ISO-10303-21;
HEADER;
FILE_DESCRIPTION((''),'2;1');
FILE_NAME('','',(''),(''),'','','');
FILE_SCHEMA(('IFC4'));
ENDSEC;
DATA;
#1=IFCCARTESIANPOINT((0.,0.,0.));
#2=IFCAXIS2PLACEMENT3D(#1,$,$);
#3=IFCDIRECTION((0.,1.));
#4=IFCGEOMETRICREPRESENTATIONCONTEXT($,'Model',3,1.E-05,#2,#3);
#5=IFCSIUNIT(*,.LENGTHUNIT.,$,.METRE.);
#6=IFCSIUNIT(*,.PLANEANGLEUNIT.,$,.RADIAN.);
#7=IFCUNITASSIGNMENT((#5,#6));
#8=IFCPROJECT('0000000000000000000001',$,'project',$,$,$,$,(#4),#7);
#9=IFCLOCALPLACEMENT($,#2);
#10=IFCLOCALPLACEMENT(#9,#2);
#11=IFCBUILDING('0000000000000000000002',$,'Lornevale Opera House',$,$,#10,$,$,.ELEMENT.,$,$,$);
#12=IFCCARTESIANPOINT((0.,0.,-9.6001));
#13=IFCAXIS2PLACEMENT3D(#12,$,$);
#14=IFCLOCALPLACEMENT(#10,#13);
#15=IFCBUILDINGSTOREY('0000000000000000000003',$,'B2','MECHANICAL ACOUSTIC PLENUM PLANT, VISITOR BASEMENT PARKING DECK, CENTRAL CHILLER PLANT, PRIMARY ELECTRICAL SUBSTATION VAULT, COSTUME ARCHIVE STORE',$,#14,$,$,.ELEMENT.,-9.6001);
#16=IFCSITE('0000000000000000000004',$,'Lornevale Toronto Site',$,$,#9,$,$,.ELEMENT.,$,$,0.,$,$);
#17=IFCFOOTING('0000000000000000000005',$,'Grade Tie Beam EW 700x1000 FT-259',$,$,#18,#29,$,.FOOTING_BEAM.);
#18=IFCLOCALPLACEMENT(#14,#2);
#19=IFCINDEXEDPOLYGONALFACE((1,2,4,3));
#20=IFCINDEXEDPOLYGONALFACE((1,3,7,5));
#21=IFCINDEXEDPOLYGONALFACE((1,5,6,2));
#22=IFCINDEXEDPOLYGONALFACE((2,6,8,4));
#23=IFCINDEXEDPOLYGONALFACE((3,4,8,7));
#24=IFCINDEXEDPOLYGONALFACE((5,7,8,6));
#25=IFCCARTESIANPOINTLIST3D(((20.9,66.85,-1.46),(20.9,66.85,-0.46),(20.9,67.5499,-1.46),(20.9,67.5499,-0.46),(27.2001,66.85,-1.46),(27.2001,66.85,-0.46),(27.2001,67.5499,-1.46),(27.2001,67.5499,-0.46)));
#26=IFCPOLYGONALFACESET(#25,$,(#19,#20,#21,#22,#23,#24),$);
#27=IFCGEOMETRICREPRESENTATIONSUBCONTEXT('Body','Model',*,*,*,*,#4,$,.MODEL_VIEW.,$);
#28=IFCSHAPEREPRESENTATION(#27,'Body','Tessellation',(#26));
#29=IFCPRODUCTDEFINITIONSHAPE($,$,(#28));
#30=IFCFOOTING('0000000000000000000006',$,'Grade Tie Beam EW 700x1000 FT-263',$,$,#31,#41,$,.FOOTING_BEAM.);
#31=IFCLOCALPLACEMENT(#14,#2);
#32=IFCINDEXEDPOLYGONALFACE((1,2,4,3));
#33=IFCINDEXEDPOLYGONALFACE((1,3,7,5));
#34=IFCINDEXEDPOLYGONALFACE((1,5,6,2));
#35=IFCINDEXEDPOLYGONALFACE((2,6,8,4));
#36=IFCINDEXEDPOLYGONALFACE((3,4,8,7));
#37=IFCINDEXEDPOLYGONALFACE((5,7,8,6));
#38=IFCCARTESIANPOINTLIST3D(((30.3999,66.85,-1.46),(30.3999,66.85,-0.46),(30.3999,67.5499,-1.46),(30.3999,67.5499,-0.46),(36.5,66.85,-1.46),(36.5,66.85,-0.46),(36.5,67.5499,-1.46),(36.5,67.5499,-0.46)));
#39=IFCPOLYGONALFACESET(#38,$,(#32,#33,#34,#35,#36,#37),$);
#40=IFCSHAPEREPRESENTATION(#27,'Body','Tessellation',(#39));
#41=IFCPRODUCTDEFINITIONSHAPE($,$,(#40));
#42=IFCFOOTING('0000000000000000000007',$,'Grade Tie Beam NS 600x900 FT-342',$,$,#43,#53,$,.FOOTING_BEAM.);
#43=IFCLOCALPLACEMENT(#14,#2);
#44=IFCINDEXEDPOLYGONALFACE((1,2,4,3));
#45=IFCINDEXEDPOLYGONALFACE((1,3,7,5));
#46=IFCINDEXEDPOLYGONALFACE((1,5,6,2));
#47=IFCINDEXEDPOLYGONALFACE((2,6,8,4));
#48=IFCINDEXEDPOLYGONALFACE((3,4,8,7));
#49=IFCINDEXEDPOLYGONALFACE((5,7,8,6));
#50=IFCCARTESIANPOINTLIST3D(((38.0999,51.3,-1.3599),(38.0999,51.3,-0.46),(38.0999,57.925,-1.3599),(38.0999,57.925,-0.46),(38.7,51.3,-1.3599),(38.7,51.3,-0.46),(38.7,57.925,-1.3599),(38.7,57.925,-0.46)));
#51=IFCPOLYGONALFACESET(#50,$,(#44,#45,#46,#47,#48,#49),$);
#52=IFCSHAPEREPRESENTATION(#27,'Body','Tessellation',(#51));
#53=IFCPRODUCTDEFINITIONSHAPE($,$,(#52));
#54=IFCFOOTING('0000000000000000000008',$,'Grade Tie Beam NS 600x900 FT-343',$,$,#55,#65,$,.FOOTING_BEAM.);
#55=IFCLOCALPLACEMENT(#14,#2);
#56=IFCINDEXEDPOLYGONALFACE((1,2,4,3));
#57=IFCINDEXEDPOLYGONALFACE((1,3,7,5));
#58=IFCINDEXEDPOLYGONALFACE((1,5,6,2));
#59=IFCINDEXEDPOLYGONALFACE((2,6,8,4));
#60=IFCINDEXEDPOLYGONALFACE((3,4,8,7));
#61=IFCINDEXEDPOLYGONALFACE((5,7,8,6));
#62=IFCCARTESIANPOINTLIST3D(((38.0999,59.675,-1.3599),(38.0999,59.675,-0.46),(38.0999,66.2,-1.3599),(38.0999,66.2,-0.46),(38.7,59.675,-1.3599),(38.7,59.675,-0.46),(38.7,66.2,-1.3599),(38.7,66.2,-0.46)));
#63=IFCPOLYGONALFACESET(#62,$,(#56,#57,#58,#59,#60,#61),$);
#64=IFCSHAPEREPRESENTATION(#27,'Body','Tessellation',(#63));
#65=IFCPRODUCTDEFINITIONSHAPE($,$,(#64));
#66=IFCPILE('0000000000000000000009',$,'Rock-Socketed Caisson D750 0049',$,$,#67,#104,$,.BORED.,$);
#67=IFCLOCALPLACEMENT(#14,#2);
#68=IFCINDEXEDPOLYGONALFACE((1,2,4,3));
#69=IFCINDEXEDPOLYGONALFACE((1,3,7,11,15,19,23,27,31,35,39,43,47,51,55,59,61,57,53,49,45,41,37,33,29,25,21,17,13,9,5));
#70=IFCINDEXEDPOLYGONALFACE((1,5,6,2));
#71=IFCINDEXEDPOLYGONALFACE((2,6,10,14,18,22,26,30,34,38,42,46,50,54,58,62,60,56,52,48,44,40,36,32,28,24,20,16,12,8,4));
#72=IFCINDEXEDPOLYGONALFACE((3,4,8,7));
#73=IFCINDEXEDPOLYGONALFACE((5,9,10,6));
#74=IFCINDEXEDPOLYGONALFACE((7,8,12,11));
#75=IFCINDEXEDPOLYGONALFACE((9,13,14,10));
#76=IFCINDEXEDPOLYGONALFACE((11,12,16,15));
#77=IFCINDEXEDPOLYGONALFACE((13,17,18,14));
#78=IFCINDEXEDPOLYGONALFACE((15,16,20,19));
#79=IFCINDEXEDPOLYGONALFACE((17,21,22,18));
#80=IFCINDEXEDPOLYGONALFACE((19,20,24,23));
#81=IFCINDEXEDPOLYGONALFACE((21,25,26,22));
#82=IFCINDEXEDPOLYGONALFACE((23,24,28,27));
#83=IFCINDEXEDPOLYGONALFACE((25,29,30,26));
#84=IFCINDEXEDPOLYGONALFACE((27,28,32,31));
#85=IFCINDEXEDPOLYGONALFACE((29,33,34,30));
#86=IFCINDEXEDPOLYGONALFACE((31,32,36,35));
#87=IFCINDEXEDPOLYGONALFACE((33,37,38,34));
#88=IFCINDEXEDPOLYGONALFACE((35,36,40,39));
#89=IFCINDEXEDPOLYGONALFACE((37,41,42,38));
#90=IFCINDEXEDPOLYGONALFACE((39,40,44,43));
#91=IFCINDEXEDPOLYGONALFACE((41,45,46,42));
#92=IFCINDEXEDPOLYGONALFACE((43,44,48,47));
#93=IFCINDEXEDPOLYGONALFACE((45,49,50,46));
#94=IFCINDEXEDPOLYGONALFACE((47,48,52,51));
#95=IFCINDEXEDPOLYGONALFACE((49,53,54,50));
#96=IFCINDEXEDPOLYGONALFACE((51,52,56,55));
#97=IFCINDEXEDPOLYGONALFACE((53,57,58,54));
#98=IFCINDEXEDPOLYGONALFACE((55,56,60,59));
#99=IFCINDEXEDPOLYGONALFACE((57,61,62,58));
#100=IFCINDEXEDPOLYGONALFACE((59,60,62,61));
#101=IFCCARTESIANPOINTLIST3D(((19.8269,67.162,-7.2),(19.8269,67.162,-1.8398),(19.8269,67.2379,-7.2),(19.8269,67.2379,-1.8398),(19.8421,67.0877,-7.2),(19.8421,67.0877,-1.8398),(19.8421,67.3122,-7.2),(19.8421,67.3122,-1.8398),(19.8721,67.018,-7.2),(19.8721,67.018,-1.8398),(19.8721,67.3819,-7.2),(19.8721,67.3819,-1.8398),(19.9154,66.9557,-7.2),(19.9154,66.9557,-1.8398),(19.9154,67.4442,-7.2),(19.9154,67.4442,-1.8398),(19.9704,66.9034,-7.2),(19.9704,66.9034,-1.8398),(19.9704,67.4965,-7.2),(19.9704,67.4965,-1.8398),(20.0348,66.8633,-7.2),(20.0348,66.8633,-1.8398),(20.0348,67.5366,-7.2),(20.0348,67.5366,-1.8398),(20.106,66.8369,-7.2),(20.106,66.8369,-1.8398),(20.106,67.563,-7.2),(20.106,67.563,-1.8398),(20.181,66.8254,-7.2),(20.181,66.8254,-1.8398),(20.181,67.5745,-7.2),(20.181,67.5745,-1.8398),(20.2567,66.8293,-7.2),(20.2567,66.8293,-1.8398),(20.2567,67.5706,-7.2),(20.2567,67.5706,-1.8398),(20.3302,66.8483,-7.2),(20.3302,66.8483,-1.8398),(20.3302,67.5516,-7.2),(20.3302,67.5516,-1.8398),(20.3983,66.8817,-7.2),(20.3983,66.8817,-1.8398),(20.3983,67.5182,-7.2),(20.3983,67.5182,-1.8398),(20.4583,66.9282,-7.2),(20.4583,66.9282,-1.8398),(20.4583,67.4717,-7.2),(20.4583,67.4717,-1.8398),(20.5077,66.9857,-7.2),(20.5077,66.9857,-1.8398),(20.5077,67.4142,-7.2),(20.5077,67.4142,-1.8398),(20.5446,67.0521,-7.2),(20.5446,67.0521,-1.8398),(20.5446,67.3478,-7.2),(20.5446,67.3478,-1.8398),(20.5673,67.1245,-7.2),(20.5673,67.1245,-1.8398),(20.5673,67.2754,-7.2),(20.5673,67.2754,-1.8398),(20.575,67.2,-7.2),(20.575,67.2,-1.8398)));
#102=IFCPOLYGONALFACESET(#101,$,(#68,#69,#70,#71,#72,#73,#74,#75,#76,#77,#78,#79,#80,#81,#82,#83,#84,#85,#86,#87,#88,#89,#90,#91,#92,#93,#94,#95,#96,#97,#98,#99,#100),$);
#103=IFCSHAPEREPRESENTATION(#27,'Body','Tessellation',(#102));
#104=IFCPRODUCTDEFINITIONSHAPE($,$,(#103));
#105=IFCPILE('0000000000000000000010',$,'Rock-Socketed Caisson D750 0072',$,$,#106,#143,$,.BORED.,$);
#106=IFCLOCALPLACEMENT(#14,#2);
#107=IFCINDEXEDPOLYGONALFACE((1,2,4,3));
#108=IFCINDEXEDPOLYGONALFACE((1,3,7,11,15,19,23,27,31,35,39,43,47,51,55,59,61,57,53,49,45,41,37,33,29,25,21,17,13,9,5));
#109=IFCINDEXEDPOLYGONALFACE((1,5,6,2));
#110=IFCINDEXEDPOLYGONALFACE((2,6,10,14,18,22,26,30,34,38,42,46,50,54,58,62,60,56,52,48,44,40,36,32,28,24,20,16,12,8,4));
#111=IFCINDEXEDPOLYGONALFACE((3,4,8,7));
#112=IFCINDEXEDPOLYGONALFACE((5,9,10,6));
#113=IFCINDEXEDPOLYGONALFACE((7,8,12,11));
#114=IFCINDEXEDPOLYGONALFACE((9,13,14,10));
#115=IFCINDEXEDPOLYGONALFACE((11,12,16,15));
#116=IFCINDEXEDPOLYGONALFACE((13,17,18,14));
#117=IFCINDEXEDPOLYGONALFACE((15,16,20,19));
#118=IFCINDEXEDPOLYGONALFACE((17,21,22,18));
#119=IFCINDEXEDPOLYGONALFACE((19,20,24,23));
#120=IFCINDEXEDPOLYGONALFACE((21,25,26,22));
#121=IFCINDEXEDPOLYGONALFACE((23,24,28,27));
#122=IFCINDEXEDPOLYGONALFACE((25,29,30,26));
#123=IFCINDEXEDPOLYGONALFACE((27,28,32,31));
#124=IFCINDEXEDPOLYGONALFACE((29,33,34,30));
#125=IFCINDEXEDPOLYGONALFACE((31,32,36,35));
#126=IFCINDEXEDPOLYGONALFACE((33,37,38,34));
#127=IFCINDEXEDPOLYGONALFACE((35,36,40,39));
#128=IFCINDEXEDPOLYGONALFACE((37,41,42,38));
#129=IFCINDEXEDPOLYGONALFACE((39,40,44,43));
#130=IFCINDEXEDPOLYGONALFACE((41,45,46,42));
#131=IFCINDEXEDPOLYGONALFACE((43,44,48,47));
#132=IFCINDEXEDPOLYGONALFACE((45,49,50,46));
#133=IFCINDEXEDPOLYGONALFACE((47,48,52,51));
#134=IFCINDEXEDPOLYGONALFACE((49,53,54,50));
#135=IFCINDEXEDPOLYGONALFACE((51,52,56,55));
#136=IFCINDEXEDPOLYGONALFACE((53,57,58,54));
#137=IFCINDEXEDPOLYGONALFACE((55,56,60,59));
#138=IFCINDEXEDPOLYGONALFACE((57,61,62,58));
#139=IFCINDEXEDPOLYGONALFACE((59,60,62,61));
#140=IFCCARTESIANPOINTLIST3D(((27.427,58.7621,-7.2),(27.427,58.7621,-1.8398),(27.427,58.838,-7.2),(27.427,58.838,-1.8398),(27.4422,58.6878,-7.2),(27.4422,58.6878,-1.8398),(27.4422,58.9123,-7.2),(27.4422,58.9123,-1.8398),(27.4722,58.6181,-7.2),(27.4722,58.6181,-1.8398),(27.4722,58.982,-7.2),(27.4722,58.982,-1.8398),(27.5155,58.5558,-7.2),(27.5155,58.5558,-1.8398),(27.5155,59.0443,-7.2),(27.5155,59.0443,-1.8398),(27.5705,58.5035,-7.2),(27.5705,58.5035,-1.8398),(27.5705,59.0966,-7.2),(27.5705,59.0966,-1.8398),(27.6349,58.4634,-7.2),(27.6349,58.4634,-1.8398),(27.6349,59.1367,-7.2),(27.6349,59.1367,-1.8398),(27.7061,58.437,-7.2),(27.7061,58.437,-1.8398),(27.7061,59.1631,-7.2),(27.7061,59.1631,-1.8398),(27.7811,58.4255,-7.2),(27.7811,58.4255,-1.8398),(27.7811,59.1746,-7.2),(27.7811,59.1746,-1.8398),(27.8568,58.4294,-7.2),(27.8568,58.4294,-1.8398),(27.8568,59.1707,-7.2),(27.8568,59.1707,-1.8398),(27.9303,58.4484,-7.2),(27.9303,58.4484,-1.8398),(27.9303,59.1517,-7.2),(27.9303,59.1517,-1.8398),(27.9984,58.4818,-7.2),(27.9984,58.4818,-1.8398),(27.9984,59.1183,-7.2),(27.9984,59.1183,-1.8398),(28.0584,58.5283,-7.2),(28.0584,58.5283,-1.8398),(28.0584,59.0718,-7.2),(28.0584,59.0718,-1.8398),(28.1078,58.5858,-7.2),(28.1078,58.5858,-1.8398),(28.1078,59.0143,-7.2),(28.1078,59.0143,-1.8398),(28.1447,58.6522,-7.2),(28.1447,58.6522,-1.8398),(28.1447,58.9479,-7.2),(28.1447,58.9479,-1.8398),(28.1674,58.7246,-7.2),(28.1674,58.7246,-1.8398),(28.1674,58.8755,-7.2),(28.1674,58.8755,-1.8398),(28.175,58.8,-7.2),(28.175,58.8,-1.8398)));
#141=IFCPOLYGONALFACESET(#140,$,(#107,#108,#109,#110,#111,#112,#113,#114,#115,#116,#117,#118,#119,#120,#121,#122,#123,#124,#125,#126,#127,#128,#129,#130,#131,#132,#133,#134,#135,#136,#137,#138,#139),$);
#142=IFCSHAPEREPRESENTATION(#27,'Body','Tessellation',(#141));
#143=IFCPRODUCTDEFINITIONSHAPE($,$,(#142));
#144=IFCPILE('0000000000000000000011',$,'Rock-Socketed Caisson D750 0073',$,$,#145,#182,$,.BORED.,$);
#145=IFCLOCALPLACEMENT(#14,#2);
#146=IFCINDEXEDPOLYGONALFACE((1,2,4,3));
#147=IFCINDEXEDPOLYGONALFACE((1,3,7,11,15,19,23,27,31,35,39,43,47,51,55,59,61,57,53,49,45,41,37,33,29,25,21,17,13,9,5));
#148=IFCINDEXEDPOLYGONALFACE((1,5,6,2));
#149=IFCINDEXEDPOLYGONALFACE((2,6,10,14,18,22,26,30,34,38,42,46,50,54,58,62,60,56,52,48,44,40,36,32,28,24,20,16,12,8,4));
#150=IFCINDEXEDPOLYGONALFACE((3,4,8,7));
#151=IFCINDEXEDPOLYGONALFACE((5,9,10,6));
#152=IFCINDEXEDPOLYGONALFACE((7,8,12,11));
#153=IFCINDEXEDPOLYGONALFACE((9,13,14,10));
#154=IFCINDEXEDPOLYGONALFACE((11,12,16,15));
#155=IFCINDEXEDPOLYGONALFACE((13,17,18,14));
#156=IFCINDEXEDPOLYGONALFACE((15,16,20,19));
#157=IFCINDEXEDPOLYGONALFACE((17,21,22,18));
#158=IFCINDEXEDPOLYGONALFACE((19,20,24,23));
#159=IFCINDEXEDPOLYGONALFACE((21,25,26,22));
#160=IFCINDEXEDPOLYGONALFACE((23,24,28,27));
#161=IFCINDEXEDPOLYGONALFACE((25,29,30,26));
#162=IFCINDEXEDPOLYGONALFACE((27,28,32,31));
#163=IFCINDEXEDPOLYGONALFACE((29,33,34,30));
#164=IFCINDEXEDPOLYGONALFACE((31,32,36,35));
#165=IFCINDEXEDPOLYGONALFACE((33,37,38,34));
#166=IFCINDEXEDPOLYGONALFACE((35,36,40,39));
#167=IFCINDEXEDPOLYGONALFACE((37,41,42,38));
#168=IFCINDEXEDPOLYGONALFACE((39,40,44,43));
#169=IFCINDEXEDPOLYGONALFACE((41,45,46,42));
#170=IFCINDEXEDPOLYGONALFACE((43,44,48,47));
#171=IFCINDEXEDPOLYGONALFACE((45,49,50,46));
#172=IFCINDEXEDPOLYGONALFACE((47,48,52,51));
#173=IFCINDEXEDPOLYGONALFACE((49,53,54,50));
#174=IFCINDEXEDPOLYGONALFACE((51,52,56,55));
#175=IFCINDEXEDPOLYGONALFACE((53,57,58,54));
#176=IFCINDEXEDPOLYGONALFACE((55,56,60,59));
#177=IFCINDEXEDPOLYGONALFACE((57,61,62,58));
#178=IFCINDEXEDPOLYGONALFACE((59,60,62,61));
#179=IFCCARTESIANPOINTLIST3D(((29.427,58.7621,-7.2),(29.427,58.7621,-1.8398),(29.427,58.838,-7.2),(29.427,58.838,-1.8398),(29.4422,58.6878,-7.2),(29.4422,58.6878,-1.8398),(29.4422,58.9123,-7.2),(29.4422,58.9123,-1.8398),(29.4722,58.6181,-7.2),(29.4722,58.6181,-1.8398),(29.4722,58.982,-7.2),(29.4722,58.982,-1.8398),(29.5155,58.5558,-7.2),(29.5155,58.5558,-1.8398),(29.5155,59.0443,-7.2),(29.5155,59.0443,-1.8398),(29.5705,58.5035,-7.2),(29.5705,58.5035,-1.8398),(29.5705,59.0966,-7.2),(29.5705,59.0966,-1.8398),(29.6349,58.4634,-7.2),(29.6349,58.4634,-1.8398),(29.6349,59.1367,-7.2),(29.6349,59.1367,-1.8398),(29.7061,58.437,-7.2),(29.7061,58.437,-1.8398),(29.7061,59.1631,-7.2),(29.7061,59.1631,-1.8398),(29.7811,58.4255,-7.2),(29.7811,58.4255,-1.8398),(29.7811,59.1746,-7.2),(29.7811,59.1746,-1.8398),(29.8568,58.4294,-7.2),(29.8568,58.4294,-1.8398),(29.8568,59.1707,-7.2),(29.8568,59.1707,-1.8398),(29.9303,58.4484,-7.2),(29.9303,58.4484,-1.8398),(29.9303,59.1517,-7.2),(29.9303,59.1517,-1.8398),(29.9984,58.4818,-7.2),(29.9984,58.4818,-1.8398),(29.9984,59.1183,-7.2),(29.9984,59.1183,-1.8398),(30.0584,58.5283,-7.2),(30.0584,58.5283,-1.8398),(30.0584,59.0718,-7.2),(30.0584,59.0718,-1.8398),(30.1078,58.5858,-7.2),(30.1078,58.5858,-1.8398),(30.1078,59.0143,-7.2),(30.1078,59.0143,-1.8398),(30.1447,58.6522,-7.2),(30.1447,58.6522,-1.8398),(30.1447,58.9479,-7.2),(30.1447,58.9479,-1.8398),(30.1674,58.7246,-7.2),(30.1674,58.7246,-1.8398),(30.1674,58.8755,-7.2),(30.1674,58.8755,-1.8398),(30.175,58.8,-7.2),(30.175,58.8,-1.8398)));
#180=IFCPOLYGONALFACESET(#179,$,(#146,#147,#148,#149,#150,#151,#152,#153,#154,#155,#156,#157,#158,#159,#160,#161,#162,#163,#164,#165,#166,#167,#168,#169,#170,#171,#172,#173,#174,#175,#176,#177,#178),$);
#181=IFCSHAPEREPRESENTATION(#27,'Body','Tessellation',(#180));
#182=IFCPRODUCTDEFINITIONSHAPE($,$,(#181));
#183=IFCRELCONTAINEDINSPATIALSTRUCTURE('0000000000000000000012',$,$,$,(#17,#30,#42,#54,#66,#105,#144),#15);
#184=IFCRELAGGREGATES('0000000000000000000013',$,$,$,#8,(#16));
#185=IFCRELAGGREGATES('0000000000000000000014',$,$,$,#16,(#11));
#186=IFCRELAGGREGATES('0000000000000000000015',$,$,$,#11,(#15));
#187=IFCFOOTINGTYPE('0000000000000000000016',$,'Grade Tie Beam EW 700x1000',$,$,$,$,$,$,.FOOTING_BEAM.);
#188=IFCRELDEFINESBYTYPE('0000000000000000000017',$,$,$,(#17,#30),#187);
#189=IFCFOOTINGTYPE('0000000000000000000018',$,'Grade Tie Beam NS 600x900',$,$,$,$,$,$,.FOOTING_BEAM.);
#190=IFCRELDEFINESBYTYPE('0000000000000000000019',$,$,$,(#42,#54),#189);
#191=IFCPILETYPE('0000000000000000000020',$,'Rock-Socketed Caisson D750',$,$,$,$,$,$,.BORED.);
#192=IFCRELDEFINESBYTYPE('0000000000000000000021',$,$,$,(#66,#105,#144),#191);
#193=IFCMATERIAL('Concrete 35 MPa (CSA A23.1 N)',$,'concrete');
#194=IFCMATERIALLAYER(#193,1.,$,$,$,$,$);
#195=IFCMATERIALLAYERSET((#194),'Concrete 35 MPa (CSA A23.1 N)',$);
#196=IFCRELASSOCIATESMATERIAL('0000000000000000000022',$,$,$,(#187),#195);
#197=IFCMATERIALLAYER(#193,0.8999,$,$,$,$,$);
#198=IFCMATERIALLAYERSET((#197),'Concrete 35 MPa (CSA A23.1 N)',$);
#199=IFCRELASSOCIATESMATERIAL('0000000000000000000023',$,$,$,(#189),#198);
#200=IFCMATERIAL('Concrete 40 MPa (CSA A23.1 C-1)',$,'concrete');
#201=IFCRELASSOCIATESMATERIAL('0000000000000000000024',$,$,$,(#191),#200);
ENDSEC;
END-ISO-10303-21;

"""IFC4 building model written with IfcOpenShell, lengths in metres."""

from ifc_helpers import new_model, si_unit, direction, frame, origin, origin_2d, place, context, subcontext, project, spatial, rectangle, circle, extrude, material, layer, layer_set, material_profile, profile_set, type_object, element, save


model = new_model("IFC4")

# Units and contexts
model_context = context("Model", 3, precision=1e-05, world=origin(), true_north=direction((0.0, 1.0)))
body_context = subcontext(model_context, "Body", "Model", "MODEL_VIEW")
ifc_project = project(units=[si_unit("LENGTHUNIT", "METRE"), si_unit("PLANEANGLEUNIT", "RADIAN")], contexts=[model_context])

# Site, building, storey
site_placement = place(None, origin())
site = spatial("IfcSite", under=ifc_project, at=site_placement, Name="Lornevale Toronto Site", CompositionType="ELEMENT", RefElevation=0.0)
building_placement = place(site_placement, origin())
building = spatial("IfcBuilding", under=site, at=building_placement, Name="Lornevale Opera House", CompositionType="ELEMENT")
storey_placement = place(building_placement, frame((0.0, 0.0, -9.6001)))
storey = spatial("IfcBuildingStorey", under=building, at=storey_placement, Name="B2", Description="MECHANICAL ACOUSTIC PLENUM PLANT, VISITOR BASEMENT PARKING DECK, CENTRAL CHILLER PLANT, PRIMARY ELECTRICAL SUBSTATION VAULT, COSTUME ARCHIVE STORE", CompositionType="ELEMENT", Elevation=-9.6001)

# Footings
ifc_material_1 = material(Name="Concrete 35 MPa (CSA A23.1 N)", Category="concrete")
ifc_layer_1 = layer(ifc_material_1, 1.0)
ifc_layer_set_1 = layer_set([ifc_layer_1], Name="Concrete 35 MPa (CSA A23.1 N)")
footing_type_1 = type_object("IfcFootingType", Name="Grade Tie Beam EW 700x1000", PredefinedType="FOOTING_BEAM", material=ifc_layer_set_1)
footing_1_placement = place(storey_placement, frame((24.05, 67.2, -1.46), z_axis=(0.0, 0.0, 1.0), x_axis=(1.0, 0.0, 0.0)))
element("IfcFooting", 1, at=footing_1_placement, inside=storey, type_object=footing_type_1, Name="Grade Tie Beam EW 700x1000 FT-259", PredefinedType="FOOTING_BEAM", context=body_context, shape_type="SweptSolid", body=[
    extrude(rectangle(XDim=6.3, YDim=0.7, at=origin_2d()), origin(), (0.0, 0.0, 1.0), 1.0),
])
footing_2_placement = place(storey_placement, frame((33.45, 67.2, -1.46), z_axis=(0.0, 0.0, 1.0), x_axis=(1.0, 0.0, 0.0)))
element("IfcFooting", 2, at=footing_2_placement, inside=storey, type_object=footing_type_1, Name="Grade Tie Beam EW 700x1000 FT-263", PredefinedType="FOOTING_BEAM", context=body_context, shape_type="SweptSolid", body=[
    extrude(rectangle(XDim=6.1001, YDim=0.7, at=origin_2d()), origin(), (0.0, 0.0, 1.0), 1.0),
])
ifc_layer_2 = layer(ifc_material_1, 0.8999)
ifc_layer_set_2 = layer_set([ifc_layer_2], Name="Concrete 35 MPa (CSA A23.1 N)")
footing_type_2 = type_object("IfcFootingType", Name="Grade Tie Beam NS 600x900", PredefinedType="FOOTING_BEAM", material=ifc_layer_set_2)
footing_3_placement = place(storey_placement, frame((38.3999, 54.6125, -1.3599), z_axis=(0.0, 0.0, 1.0), x_axis=(1.0, 0.0, 0.0)))
element("IfcFooting", 3, at=footing_3_placement, inside=storey, type_object=footing_type_2, Name="Grade Tie Beam NS 600x900 FT-342", PredefinedType="FOOTING_BEAM", context=body_context, shape_type="SweptSolid", body=[
    extrude(rectangle(XDim=0.6001, YDim=6.625, at=origin_2d()), origin(), (0.0, 0.0, 1.0), 0.8999),
])
footing_4_placement = place(storey_placement, frame((38.3999, 62.9375, -1.3599), z_axis=(0.0, 0.0, 1.0), x_axis=(1.0, 0.0, 0.0)))
element("IfcFooting", 4, at=footing_4_placement, inside=storey, type_object=footing_type_2, Name="Grade Tie Beam NS 600x900 FT-343", PredefinedType="FOOTING_BEAM", context=body_context, shape_type="SweptSolid", body=[
    extrude(rectangle(XDim=0.6001, YDim=6.5249, at=origin_2d()), origin(), (0.0, 0.0, 1.0), 0.8999),
])

# Piles
ifc_material_2 = material(Name="Concrete 40 MPa (CSA A23.1 C-1)", Category="concrete")
ifc_material_profile_1 = material_profile(ifc_material_2, circle(Radius=0.375, at=origin_2d()), Name="CAIS750")
ifc_profile_set_1 = profile_set([ifc_material_profile_1], Name="Concrete 40 MPa (CSA A23.1 C-1)")
pile_type_1 = type_object("IfcPileType", Name="Rock-Socketed Caisson D750", PredefinedType="BORED", material=ifc_profile_set_1)
for number, where, z_axis, x_axis, name in (
    (5, (20.2, 67.2, -1.8398), (0.0, 0.0, -1.0), (1.0, 0.0, 0.0), "Rock-Socketed Caisson D750 0049"),
    (6, (27.8, 58.8, -1.8398), (0.0, 0.0, -1.0), (1.0, 0.0, 0.0), "Rock-Socketed Caisson D750 0072"),
    (7, (29.8, 58.8, -1.8398), (0.0, 0.0, -1.0), (1.0, 0.0, 0.0), "Rock-Socketed Caisson D750 0073"),
):
    element("IfcPile", number, at=place(storey_placement, frame(where, z_axis=z_axis, x_axis=x_axis)), inside=storey, type_object=pile_type_1, Name=name, PredefinedType="BORED", context=body_context, shape_type="SweptSolid", body=[
        extrude(circle(Radius=0.375, at=origin_2d()), origin(), (0.0, 0.0, 1.0), 5.3601),
    ])

save(model, "model.ifc")
